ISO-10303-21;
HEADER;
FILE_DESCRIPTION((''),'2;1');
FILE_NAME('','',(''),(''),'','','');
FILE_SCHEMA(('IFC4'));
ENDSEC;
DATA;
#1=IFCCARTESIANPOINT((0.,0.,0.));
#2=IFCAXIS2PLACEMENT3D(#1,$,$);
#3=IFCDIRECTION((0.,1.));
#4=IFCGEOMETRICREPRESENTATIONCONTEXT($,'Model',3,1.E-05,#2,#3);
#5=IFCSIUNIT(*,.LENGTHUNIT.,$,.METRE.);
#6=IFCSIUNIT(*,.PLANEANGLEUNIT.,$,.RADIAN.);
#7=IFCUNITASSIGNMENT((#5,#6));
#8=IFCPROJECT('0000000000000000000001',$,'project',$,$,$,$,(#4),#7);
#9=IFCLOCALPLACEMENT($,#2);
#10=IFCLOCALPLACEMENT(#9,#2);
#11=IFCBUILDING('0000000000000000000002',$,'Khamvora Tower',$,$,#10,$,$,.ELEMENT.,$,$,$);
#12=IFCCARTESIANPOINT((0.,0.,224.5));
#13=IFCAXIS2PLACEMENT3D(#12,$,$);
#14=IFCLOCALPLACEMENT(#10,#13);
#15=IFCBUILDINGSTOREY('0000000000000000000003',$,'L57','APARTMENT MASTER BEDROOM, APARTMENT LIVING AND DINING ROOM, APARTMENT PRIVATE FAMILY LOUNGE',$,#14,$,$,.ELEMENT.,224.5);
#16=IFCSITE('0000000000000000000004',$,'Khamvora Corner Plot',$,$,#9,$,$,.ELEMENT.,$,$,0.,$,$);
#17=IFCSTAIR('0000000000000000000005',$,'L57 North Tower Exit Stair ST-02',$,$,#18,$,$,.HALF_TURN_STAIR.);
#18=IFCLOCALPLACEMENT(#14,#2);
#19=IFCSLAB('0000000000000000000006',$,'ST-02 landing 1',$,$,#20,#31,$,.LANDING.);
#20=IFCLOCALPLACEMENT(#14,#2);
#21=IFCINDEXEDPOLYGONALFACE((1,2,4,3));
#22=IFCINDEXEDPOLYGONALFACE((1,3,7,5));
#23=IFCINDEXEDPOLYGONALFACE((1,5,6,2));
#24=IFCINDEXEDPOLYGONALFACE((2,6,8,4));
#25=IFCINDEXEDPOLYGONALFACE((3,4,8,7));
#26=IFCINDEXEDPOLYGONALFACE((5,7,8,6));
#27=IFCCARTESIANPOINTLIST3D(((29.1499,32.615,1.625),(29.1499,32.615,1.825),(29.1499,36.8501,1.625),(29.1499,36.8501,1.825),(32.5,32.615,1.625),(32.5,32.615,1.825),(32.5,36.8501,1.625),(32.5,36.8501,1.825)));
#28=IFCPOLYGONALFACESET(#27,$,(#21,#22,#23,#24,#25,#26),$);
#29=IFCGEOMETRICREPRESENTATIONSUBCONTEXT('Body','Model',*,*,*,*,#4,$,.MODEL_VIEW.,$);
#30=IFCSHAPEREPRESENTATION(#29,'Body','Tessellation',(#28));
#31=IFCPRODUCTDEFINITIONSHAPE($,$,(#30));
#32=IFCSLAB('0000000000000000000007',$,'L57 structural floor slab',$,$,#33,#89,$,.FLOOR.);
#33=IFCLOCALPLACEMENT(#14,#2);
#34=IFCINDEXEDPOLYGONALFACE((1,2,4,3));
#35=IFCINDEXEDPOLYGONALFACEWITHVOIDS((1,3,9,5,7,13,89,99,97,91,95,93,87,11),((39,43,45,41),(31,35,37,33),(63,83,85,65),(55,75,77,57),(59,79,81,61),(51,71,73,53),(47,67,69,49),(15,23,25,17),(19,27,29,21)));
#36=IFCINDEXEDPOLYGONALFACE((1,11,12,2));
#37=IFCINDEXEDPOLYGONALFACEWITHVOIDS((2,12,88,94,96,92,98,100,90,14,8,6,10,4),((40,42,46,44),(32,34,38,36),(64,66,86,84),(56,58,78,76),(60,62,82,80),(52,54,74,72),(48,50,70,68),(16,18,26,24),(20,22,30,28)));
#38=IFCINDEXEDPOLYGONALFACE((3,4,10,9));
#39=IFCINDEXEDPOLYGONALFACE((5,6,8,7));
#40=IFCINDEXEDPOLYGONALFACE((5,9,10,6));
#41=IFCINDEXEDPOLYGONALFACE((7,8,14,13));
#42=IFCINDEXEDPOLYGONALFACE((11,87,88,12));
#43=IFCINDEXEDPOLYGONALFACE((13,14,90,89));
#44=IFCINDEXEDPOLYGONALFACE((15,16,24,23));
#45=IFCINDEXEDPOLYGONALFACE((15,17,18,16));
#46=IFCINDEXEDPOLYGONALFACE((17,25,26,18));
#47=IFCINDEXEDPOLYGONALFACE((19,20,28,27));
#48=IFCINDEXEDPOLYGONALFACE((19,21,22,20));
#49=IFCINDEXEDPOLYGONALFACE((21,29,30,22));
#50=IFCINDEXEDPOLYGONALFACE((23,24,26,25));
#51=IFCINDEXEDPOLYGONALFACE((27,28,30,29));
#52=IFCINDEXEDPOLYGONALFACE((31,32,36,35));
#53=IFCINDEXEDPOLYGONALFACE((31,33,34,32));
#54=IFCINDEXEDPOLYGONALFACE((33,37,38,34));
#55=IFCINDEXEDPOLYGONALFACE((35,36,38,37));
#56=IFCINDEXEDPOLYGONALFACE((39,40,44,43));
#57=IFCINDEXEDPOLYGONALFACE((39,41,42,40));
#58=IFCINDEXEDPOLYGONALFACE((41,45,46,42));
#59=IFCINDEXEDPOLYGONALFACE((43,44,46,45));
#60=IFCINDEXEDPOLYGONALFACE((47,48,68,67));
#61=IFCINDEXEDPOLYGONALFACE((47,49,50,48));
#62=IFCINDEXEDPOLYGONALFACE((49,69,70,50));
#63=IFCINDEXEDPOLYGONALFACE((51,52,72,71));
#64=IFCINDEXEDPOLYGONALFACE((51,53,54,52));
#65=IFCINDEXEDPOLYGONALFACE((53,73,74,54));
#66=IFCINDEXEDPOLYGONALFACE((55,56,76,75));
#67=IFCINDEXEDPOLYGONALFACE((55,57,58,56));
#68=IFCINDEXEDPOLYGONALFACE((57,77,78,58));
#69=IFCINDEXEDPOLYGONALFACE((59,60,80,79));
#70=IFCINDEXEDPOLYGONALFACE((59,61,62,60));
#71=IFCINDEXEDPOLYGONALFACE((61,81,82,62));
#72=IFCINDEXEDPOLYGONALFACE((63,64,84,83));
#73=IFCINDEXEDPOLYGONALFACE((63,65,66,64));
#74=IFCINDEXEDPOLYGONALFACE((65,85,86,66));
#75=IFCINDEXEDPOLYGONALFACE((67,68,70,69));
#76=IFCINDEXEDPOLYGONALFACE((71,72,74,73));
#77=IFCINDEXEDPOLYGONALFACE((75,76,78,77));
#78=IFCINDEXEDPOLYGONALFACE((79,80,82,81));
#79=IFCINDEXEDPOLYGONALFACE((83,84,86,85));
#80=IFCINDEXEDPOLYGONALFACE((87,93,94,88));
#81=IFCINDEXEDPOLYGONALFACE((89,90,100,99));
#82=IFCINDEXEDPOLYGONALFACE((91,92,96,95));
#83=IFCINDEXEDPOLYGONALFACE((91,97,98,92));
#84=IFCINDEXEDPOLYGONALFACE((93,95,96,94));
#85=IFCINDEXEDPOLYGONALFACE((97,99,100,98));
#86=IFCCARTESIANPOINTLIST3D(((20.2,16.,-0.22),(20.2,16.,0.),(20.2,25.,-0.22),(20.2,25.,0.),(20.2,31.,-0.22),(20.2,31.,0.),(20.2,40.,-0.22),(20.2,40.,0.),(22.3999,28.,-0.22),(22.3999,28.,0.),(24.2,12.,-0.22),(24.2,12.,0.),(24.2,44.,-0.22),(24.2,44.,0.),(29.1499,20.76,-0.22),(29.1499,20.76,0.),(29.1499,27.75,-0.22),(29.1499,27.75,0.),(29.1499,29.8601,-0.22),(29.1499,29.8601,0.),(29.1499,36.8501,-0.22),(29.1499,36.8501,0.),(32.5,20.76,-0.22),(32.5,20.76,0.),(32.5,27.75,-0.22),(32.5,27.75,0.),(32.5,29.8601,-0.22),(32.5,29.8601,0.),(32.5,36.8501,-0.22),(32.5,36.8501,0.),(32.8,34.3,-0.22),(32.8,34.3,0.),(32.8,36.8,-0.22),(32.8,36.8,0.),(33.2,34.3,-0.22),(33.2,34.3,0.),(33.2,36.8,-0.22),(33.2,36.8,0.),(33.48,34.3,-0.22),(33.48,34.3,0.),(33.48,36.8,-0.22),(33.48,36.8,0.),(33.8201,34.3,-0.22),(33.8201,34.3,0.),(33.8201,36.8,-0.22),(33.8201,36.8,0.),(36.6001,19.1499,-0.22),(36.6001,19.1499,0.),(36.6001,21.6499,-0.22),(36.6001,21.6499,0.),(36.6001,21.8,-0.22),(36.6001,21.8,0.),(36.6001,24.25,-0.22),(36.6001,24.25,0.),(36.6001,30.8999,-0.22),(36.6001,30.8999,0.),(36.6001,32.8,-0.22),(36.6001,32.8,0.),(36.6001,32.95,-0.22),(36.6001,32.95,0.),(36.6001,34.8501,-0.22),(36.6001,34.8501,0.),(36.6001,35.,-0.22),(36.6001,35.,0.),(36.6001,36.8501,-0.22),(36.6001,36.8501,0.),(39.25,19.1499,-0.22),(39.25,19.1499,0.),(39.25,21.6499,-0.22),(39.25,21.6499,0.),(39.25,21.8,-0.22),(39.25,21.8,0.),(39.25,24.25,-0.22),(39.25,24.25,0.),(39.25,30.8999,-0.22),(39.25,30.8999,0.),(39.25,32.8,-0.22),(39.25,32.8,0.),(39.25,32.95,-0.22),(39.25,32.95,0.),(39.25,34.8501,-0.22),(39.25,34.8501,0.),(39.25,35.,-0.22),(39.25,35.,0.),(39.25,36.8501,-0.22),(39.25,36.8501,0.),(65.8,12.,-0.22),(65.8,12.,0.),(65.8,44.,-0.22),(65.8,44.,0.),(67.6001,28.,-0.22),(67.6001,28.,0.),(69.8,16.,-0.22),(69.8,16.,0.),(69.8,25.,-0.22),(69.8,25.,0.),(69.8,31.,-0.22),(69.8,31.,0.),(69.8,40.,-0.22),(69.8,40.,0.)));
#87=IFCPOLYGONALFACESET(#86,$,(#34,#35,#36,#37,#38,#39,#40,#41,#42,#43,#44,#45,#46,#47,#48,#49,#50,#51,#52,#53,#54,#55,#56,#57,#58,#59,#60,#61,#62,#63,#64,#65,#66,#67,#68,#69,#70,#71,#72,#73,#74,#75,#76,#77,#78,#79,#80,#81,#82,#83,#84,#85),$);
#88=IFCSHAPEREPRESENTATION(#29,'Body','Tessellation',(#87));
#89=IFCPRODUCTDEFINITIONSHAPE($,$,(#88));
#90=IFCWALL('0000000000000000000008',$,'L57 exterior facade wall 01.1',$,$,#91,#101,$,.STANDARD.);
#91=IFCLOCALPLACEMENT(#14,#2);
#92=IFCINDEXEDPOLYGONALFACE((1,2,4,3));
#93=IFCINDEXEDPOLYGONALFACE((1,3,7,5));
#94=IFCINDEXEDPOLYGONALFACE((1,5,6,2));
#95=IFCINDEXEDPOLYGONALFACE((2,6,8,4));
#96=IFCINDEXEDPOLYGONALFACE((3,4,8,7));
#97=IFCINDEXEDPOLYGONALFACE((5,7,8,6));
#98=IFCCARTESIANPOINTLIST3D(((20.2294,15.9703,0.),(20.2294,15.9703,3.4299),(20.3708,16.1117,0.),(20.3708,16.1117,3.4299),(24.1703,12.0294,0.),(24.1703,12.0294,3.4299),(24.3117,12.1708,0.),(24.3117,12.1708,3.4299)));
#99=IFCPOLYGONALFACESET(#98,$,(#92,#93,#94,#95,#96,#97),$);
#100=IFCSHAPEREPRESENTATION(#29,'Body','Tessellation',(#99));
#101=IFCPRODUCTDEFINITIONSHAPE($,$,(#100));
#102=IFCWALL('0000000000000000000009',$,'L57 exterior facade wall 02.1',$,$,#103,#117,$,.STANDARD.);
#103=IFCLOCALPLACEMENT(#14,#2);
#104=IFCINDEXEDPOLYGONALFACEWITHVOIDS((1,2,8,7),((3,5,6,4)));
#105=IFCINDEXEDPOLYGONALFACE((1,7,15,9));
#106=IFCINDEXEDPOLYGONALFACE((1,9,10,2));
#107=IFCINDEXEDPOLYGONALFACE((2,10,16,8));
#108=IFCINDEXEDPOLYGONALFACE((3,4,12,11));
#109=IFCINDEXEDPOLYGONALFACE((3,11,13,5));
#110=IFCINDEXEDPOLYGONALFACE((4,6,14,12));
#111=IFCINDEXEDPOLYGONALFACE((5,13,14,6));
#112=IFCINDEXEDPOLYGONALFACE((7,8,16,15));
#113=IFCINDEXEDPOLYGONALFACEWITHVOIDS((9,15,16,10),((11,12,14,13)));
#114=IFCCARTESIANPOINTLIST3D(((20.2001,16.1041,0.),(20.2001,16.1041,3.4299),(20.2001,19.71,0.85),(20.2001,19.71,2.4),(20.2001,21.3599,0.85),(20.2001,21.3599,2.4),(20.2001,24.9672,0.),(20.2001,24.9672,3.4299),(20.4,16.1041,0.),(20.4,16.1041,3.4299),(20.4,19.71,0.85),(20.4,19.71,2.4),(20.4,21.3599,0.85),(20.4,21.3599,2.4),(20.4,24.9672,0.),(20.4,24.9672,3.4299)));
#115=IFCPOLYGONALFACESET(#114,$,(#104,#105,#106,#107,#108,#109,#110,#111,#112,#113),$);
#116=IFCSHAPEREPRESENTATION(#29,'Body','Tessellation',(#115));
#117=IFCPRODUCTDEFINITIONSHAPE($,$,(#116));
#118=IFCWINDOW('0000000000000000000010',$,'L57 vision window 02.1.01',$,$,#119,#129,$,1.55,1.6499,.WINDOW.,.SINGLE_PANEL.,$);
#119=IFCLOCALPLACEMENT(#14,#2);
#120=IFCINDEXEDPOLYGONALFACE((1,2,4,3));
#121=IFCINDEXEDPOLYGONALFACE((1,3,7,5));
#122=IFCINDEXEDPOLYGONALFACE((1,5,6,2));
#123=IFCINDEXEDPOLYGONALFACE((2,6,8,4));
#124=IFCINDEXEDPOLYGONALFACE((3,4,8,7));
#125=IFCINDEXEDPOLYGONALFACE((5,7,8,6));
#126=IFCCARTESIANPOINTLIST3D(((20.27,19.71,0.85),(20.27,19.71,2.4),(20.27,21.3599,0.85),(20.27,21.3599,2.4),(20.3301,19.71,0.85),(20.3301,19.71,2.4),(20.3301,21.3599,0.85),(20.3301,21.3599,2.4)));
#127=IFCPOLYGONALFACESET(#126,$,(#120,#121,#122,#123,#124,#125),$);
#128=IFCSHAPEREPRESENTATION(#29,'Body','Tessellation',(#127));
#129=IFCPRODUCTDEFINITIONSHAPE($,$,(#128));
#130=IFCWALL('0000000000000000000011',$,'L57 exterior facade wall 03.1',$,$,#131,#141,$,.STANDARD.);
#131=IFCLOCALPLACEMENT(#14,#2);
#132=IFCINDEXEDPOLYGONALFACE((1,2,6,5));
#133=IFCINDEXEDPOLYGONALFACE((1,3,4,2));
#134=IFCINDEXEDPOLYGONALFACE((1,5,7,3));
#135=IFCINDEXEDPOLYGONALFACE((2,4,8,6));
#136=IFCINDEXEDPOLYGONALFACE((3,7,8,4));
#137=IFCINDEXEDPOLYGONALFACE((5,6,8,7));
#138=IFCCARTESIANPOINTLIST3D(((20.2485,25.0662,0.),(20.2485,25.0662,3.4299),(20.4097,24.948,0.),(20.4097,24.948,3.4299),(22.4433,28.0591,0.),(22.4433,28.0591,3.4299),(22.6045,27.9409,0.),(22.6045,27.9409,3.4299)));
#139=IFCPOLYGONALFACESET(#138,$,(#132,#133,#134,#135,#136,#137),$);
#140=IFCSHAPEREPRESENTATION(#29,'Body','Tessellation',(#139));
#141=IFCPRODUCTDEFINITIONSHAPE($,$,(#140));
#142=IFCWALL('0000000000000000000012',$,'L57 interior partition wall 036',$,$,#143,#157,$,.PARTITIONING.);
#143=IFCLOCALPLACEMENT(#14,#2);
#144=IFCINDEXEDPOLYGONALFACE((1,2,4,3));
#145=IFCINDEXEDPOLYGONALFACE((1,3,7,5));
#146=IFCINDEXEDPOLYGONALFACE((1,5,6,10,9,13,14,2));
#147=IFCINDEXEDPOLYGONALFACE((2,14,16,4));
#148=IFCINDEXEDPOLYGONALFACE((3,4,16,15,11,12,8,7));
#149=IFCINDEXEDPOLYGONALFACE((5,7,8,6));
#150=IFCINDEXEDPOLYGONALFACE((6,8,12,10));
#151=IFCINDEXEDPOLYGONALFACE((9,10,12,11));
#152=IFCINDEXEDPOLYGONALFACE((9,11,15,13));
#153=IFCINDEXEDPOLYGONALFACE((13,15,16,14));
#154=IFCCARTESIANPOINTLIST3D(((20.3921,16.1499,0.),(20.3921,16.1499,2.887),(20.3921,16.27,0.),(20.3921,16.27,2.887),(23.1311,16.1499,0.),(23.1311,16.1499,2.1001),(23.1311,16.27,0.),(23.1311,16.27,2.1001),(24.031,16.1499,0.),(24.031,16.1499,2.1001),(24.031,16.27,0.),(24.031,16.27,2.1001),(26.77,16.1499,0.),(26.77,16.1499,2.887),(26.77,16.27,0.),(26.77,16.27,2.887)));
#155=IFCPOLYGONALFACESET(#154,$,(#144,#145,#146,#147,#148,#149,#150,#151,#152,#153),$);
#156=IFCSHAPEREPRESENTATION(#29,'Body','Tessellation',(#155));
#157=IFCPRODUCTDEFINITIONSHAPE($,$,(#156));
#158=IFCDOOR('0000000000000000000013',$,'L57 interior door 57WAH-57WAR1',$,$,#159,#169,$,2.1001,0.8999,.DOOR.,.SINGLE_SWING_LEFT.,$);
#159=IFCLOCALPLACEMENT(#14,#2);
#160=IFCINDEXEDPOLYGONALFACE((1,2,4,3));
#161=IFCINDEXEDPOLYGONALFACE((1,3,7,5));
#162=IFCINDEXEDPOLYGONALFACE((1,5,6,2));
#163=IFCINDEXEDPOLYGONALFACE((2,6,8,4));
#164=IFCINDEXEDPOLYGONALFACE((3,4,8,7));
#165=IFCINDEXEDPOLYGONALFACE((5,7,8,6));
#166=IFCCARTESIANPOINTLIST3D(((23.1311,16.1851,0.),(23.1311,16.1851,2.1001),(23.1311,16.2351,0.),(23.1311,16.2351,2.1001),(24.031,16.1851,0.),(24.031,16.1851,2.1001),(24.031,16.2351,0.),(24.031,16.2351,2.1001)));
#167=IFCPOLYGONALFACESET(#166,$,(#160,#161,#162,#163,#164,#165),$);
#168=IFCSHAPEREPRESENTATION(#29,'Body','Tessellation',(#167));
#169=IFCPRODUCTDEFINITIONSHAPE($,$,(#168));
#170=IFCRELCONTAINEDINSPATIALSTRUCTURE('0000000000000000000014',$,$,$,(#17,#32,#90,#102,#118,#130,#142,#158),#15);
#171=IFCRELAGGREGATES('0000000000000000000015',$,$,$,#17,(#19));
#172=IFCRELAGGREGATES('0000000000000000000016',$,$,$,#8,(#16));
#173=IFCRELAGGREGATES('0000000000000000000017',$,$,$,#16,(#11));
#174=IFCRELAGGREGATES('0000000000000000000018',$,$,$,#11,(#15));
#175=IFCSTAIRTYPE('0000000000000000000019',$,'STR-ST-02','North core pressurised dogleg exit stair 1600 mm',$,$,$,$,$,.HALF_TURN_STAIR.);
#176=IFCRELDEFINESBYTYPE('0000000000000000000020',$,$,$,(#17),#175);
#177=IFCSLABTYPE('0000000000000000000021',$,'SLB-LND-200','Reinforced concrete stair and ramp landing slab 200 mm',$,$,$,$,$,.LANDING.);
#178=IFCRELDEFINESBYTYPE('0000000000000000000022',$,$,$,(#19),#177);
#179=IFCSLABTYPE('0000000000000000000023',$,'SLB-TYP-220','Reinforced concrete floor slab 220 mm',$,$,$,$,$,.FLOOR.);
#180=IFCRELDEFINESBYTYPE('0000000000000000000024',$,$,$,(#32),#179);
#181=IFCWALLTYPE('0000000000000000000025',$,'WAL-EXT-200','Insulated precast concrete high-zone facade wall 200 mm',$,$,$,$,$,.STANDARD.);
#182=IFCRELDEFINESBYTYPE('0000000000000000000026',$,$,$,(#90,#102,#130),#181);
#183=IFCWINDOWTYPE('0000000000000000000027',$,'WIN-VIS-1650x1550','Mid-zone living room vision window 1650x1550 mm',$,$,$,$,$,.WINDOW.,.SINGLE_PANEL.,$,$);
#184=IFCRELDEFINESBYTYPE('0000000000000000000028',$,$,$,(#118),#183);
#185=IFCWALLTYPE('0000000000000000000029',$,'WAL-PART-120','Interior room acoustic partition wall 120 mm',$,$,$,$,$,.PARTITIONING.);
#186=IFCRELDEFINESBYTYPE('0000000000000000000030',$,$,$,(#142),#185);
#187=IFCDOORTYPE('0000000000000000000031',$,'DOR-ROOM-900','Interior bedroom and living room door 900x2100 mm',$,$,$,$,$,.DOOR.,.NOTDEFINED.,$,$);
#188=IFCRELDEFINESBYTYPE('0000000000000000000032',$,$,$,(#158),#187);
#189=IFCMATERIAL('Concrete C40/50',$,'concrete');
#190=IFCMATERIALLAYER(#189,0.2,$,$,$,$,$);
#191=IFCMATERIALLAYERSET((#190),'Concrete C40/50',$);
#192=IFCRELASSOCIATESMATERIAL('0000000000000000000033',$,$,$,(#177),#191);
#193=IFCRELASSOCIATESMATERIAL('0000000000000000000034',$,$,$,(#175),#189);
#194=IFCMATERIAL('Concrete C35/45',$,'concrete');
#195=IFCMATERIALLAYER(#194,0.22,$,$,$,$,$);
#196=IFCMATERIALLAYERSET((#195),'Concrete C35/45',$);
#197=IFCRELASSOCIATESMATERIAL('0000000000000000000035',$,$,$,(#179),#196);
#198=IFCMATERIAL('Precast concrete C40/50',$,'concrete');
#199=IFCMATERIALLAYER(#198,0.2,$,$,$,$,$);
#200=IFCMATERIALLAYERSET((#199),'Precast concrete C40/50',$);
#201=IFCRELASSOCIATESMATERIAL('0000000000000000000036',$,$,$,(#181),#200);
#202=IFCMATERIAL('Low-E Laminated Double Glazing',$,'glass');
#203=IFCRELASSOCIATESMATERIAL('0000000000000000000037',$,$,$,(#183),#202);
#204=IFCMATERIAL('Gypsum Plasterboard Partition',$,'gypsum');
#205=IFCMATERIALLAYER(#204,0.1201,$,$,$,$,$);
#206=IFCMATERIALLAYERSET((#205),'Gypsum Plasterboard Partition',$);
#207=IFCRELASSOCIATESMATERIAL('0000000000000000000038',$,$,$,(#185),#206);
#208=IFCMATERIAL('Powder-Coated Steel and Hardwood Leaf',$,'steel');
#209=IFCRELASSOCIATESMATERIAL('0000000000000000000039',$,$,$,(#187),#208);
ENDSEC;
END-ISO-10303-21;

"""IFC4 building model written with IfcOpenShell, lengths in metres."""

from ifc_helpers import new_model, si_unit, direction, frame, frame_2d, origin, place, context, subcontext, project, spatial, polyline, rectangle, outline, extrude, material, layer, layer_set, type_object, element, fill, aggregate, save


model = new_model("IFC4")

# Units and contexts
model_context = context("Model", 3, precision=1e-05, world=origin(), true_north=direction((0.0, 1.0)))
body_context = subcontext(model_context, "Body", "Model", "MODEL_VIEW")
ifc_project = project(units=[si_unit("LENGTHUNIT", "METRE"), si_unit("PLANEANGLEUNIT", "RADIAN")], contexts=[model_context])

# Site, building, storey
site_placement = place(None, origin())
site = spatial("IfcSite", under=ifc_project, at=site_placement, Name="Khamvora Corner Plot", CompositionType="ELEMENT", RefElevation=0.0)
building_placement = place(site_placement, origin())
building = spatial("IfcBuilding", under=site, at=building_placement, Name="Khamvora Tower", CompositionType="ELEMENT")
storey_placement = place(building_placement, frame((0.0, 0.0, 224.5)))
storey = spatial("IfcBuildingStorey", under=building, at=storey_placement, Name="L57", Description="APARTMENT MASTER BEDROOM, APARTMENT LIVING AND DINING ROOM, APARTMENT PRIVATE FAMILY LOUNGE", CompositionType="ELEMENT", Elevation=224.5)

# Stair, slab
ifc_material_1 = material(Name="Concrete C40/50", Category="concrete")
ifc_layer_1 = layer(ifc_material_1, 0.2)
ifc_layer_set_1 = layer_set([ifc_layer_1], Name="Concrete C40/50")
slab_type_1 = type_object("IfcSlabType", Name="SLB-LND-200", Description="Reinforced concrete stair and ramp landing slab 200 mm", PredefinedType="LANDING", material=ifc_layer_set_1)
stair_type_1 = type_object("IfcStairType", Name="STR-ST-02", Description="North core pressurised dogleg exit stair 1600 mm", PredefinedType="HALF_TURN_STAIR", material=ifc_material_1)
stair_1_placement = place(storey_placement, origin())
stair_1 = element("IfcStair", 1, at=stair_1_placement, inside=storey, type_object=stair_type_1, Name="L57 North Tower Exit Stair ST-02", PredefinedType="HALF_TURN_STAIR")
slab_1_placement = place(storey_placement, frame((0.0, 0.0, 1.625)))
slab_1 = element("IfcSlab", 2, at=slab_1_placement, type_object=slab_type_1, Name="ST-02 landing 1", PredefinedType="LANDING", context=body_context, shape_type="SweptSolid", body=[
    extrude(outline(polyline([(32.5, 32.615), (32.5, 36.8501), (29.1499, 36.8501), (29.1499, 32.615), (32.5, 32.615)])), origin(), (0.0, 0.0, 1.0), 0.2),
])
aggregate(stair_1, [slab_1])

# Slab
ifc_material_2 = material(Name="Concrete C35/45", Category="concrete")
ifc_layer_2 = layer(ifc_material_2, 0.22)
ifc_layer_set_2 = layer_set([ifc_layer_2], Name="Concrete C35/45")
slab_type_2 = type_object("IfcSlabType", Name="SLB-TYP-220", Description="Reinforced concrete floor slab 220 mm", PredefinedType="FLOOR", material=ifc_layer_set_2)
slab_2_placement = place(storey_placement, frame((0.0, 0.0, -0.22)))
element("IfcSlab", 3, at=slab_2_placement, inside=storey, type_object=slab_type_2, Name="L57 structural floor slab", PredefinedType="FLOOR", context=body_context, shape_type="SweptSolid", body=[
    extrude(outline(polyline([(24.2, 12.0), (65.8, 12.0), (69.8, 16.0), (69.8, 25.0), (67.6001, 28.0), (69.8, 31.0), (69.8, 40.0), (65.8, 44.0), (24.2, 44.0), (20.2, 40.0), (20.2, 31.0), (22.3999, 28.0), (20.2, 25.0), (20.2, 16.0), (24.2, 12.0)]), holes=[polyline([(32.5, 20.76), (32.5, 27.75), (29.1499, 27.75), (29.1499, 20.76), (32.5, 20.76)]), polyline([(32.5, 29.8601), (32.5, 36.8501), (29.1499, 36.8501), (29.1499, 29.8601), (32.5, 29.8601)]), polyline([(36.6001, 19.1499), (39.25, 19.1499), (39.25, 21.6499), (36.6001, 21.6499), (36.6001, 19.1499)]), polyline([(36.6001, 21.8), (39.25, 21.8), (39.25, 24.25), (36.6001, 24.25), (36.6001, 21.8)]), polyline([(36.6001, 30.8999), (39.25, 30.8999), (39.25, 32.8), (36.6001, 32.8), (36.6001, 30.8999)]), polyline([(36.6001, 32.95), (39.25, 32.95), (39.25, 34.8501), (36.6001, 34.8501), (36.6001, 32.95)]), polyline([(36.6001, 35.0), (39.25, 35.0), (39.25, 36.8501), (36.6001, 36.8501), (36.6001, 35.0)]), polyline([(32.8, 34.3), (33.2, 34.3), (33.2, 36.8), (32.8, 36.8), (32.8, 34.3)]), polyline([(33.48, 34.3), (33.8201, 34.3), (33.8201, 36.8), (33.48, 36.8), (33.48, 34.3)])]), origin(), (0.0, 0.0, 1.0), 0.22),
])

# Wall
ifc_material_3 = material(Name="Precast concrete C40/50", Category="concrete")
ifc_layer_3 = layer(ifc_material_3, 0.2)
ifc_layer_set_3 = layer_set([ifc_layer_3], Name="Precast concrete C40/50")
wall_type_1 = type_object("IfcWallType", Name="WAL-EXT-200", Description="Insulated precast concrete high-zone facade wall 200 mm", PredefinedType="STANDARD", material=ifc_layer_set_3)
wall_1_placement = place(storey_placement, frame((24.241, 12.1001, 0.0), z_axis=(0.0, 0.0, 1.0), x_axis=(-0.707107, 0.707107, 0.0)))
element("IfcWall", 4, at=wall_1_placement, inside=storey, type_object=wall_type_1, Name="L57 exterior facade wall 01.1", PredefinedType="STANDARD", context=body_context, shape_type="SweptSolid", body=[
    extrude(rectangle(XDim=5.5732, YDim=0.2, at=frame_2d((2.7866, 0.0))), origin(), (0.0, 0.0, 1.0), 3.4299),
])

# Wall, opening, window
wall_2_placement = place(storey_placement, frame((20.3, 16.104, 0.0), z_axis=(0.0, 0.0, 1.0), x_axis=(0.0, 1.0, 0.0)))
wall_2 = element("IfcWall", 5, at=wall_2_placement, inside=storey, type_object=wall_type_1, Name="L57 exterior facade wall 02.1", PredefinedType="STANDARD", context=body_context, shape_type="SweptSolid", body=[
    extrude(rectangle(XDim=8.863, YDim=0.2, at=frame_2d((4.4316, 0.0))), origin(), (0.0, 0.0, 1.0), 3.4299),
])
opening_1_placement = place(wall_2_placement, frame((3.606, 0.0, 0.8501)))
opening_1 = element("IfcOpeningElement", 6, at=opening_1_placement, cuts=wall_2, PredefinedType="OPENING", context=body_context, shape_type="SweptSolid", body=[
    extrude(rectangle(XDim=1.6499, YDim=1.55, at=frame_2d((0.825, 0.7749))), frame((0.0, 0.1099, 0.0), z_axis=(0.0, -1.0, 0.0), x_axis=(1.0, 0.0, 0.0)), (0.0, 0.0, 1.0), 0.22),
])
ifc_material_4 = material(Name="Low-E Laminated Double Glazing", Category="glass")
window_type = type_object("IfcWindowType", Name="WIN-VIS-1650x1550", Description="Mid-zone living room vision window 1650x1550 mm", PartitioningType="SINGLE_PANEL", PredefinedType="WINDOW", material=ifc_material_4)
window_placement = place(opening_1_placement, origin())
window = element("IfcWindow", 7, at=window_placement, inside=storey, type_object=window_type, Name="L57 vision window 02.1.01", OverallHeight=1.55, OverallWidth=1.6499, PartitioningType="SINGLE_PANEL", PredefinedType="WINDOW", context=body_context, shape_type="SweptSolid", body=[
    extrude(rectangle(XDim=1.6499, YDim=1.55, at=frame_2d((0.825, 0.7749))), frame((0.0, 0.03, 0.0), z_axis=(0.0, -1.0, 0.0), x_axis=(1.0, 0.0, 0.0)), (0.0, 0.0, 1.0), 0.0601),
])
fill(opening_1, window)

# Wall
wall_3_placement = place(storey_placement, frame((20.3291, 25.0071, 0.0), z_axis=(0.0, 0.0, 1.0), x_axis=(0.591367, 0.806403, 0.0)))
element("IfcWall", 8, at=wall_3_placement, inside=storey, type_object=wall_type_1, Name="L57 exterior facade wall 03.1", PredefinedType="STANDARD", context=body_context, shape_type="SweptSolid", body=[
    extrude(rectangle(XDim=3.7114, YDim=0.2, at=frame_2d((1.8557, 0.0))), origin(), (0.0, 0.0, 1.0), 3.4299),
])

# Wall, opening, door
ifc_material_5 = material(Name="Gypsum Plasterboard Partition", Category="gypsum")
ifc_layer_4 = layer(ifc_material_5, 0.1201)
ifc_layer_set_4 = layer_set([ifc_layer_4], Name="Gypsum Plasterboard Partition")
wall_type_2 = type_object("IfcWallType", Name="WAL-PART-120", Description="Interior room acoustic partition wall 120 mm", PredefinedType="PARTITIONING", material=ifc_layer_set_4)
wall_4_placement = place(storey_placement, frame((26.77, 16.21, 0.0), z_axis=(0.0, 0.0, 1.0), x_axis=(-1.0, 0.0, 0.0)))
wall_4 = element("IfcWall", 9, at=wall_4_placement, inside=storey, type_object=wall_type_2, Name="L57 interior partition wall 036", PredefinedType="PARTITIONING", context=body_context, shape_type="SweptSolid", body=[
    extrude(rectangle(XDim=6.3779, YDim=0.1201, at=frame_2d((3.189, 0.0))), origin(), (0.0, 0.0, 1.0), 2.887),
])
opening_2_placement = place(wall_4_placement, frame((2.739, 0.0, 0.0)))
opening_2 = element("IfcOpeningElement", 10, at=opening_2_placement, cuts=wall_4, PredefinedType="OPENING", context=body_context, shape_type="SweptSolid", body=[
    extrude(rectangle(XDim=0.8999, YDim=2.1001, at=frame_2d((0.45, 1.05))), frame((0.0, 0.0701, 0.0), z_axis=(0.0, -1.0, 0.0), x_axis=(1.0, 0.0, 0.0)), (0.0, 0.0, 1.0), 0.1401),
])
ifc_material_6 = material(Name="Powder-Coated Steel and Hardwood Leaf", Category="steel")
door_type_1 = type_object("IfcDoorType", Name="DOR-ROOM-900", Description="Interior bedroom and living room door 900x2100 mm", OperationType="NOTDEFINED", PredefinedType="DOOR", material=ifc_material_6)
door_1_placement = place(opening_2_placement, origin())
door_1 = element("IfcDoor", 11, at=door_1_placement, inside=storey, type_object=door_type_1, Name="L57 interior door 57WAH-57WAR1", OperationType="SINGLE_SWING_LEFT", OverallHeight=2.1001, OverallWidth=0.8999, PredefinedType="DOOR", context=body_context, shape_type="SweptSolid", body=[
    extrude(rectangle(XDim=0.8999, YDim=2.1001, at=frame_2d((0.45, 1.05))), frame((0.0, 0.0249, 0.0), z_axis=(0.0, -1.0, 0.0), x_axis=(1.0, 0.0, 0.0)), (0.0, 0.0, 1.0), 0.05),
])
fill(opening_2, door_1)

save(model, "model.ifc")
